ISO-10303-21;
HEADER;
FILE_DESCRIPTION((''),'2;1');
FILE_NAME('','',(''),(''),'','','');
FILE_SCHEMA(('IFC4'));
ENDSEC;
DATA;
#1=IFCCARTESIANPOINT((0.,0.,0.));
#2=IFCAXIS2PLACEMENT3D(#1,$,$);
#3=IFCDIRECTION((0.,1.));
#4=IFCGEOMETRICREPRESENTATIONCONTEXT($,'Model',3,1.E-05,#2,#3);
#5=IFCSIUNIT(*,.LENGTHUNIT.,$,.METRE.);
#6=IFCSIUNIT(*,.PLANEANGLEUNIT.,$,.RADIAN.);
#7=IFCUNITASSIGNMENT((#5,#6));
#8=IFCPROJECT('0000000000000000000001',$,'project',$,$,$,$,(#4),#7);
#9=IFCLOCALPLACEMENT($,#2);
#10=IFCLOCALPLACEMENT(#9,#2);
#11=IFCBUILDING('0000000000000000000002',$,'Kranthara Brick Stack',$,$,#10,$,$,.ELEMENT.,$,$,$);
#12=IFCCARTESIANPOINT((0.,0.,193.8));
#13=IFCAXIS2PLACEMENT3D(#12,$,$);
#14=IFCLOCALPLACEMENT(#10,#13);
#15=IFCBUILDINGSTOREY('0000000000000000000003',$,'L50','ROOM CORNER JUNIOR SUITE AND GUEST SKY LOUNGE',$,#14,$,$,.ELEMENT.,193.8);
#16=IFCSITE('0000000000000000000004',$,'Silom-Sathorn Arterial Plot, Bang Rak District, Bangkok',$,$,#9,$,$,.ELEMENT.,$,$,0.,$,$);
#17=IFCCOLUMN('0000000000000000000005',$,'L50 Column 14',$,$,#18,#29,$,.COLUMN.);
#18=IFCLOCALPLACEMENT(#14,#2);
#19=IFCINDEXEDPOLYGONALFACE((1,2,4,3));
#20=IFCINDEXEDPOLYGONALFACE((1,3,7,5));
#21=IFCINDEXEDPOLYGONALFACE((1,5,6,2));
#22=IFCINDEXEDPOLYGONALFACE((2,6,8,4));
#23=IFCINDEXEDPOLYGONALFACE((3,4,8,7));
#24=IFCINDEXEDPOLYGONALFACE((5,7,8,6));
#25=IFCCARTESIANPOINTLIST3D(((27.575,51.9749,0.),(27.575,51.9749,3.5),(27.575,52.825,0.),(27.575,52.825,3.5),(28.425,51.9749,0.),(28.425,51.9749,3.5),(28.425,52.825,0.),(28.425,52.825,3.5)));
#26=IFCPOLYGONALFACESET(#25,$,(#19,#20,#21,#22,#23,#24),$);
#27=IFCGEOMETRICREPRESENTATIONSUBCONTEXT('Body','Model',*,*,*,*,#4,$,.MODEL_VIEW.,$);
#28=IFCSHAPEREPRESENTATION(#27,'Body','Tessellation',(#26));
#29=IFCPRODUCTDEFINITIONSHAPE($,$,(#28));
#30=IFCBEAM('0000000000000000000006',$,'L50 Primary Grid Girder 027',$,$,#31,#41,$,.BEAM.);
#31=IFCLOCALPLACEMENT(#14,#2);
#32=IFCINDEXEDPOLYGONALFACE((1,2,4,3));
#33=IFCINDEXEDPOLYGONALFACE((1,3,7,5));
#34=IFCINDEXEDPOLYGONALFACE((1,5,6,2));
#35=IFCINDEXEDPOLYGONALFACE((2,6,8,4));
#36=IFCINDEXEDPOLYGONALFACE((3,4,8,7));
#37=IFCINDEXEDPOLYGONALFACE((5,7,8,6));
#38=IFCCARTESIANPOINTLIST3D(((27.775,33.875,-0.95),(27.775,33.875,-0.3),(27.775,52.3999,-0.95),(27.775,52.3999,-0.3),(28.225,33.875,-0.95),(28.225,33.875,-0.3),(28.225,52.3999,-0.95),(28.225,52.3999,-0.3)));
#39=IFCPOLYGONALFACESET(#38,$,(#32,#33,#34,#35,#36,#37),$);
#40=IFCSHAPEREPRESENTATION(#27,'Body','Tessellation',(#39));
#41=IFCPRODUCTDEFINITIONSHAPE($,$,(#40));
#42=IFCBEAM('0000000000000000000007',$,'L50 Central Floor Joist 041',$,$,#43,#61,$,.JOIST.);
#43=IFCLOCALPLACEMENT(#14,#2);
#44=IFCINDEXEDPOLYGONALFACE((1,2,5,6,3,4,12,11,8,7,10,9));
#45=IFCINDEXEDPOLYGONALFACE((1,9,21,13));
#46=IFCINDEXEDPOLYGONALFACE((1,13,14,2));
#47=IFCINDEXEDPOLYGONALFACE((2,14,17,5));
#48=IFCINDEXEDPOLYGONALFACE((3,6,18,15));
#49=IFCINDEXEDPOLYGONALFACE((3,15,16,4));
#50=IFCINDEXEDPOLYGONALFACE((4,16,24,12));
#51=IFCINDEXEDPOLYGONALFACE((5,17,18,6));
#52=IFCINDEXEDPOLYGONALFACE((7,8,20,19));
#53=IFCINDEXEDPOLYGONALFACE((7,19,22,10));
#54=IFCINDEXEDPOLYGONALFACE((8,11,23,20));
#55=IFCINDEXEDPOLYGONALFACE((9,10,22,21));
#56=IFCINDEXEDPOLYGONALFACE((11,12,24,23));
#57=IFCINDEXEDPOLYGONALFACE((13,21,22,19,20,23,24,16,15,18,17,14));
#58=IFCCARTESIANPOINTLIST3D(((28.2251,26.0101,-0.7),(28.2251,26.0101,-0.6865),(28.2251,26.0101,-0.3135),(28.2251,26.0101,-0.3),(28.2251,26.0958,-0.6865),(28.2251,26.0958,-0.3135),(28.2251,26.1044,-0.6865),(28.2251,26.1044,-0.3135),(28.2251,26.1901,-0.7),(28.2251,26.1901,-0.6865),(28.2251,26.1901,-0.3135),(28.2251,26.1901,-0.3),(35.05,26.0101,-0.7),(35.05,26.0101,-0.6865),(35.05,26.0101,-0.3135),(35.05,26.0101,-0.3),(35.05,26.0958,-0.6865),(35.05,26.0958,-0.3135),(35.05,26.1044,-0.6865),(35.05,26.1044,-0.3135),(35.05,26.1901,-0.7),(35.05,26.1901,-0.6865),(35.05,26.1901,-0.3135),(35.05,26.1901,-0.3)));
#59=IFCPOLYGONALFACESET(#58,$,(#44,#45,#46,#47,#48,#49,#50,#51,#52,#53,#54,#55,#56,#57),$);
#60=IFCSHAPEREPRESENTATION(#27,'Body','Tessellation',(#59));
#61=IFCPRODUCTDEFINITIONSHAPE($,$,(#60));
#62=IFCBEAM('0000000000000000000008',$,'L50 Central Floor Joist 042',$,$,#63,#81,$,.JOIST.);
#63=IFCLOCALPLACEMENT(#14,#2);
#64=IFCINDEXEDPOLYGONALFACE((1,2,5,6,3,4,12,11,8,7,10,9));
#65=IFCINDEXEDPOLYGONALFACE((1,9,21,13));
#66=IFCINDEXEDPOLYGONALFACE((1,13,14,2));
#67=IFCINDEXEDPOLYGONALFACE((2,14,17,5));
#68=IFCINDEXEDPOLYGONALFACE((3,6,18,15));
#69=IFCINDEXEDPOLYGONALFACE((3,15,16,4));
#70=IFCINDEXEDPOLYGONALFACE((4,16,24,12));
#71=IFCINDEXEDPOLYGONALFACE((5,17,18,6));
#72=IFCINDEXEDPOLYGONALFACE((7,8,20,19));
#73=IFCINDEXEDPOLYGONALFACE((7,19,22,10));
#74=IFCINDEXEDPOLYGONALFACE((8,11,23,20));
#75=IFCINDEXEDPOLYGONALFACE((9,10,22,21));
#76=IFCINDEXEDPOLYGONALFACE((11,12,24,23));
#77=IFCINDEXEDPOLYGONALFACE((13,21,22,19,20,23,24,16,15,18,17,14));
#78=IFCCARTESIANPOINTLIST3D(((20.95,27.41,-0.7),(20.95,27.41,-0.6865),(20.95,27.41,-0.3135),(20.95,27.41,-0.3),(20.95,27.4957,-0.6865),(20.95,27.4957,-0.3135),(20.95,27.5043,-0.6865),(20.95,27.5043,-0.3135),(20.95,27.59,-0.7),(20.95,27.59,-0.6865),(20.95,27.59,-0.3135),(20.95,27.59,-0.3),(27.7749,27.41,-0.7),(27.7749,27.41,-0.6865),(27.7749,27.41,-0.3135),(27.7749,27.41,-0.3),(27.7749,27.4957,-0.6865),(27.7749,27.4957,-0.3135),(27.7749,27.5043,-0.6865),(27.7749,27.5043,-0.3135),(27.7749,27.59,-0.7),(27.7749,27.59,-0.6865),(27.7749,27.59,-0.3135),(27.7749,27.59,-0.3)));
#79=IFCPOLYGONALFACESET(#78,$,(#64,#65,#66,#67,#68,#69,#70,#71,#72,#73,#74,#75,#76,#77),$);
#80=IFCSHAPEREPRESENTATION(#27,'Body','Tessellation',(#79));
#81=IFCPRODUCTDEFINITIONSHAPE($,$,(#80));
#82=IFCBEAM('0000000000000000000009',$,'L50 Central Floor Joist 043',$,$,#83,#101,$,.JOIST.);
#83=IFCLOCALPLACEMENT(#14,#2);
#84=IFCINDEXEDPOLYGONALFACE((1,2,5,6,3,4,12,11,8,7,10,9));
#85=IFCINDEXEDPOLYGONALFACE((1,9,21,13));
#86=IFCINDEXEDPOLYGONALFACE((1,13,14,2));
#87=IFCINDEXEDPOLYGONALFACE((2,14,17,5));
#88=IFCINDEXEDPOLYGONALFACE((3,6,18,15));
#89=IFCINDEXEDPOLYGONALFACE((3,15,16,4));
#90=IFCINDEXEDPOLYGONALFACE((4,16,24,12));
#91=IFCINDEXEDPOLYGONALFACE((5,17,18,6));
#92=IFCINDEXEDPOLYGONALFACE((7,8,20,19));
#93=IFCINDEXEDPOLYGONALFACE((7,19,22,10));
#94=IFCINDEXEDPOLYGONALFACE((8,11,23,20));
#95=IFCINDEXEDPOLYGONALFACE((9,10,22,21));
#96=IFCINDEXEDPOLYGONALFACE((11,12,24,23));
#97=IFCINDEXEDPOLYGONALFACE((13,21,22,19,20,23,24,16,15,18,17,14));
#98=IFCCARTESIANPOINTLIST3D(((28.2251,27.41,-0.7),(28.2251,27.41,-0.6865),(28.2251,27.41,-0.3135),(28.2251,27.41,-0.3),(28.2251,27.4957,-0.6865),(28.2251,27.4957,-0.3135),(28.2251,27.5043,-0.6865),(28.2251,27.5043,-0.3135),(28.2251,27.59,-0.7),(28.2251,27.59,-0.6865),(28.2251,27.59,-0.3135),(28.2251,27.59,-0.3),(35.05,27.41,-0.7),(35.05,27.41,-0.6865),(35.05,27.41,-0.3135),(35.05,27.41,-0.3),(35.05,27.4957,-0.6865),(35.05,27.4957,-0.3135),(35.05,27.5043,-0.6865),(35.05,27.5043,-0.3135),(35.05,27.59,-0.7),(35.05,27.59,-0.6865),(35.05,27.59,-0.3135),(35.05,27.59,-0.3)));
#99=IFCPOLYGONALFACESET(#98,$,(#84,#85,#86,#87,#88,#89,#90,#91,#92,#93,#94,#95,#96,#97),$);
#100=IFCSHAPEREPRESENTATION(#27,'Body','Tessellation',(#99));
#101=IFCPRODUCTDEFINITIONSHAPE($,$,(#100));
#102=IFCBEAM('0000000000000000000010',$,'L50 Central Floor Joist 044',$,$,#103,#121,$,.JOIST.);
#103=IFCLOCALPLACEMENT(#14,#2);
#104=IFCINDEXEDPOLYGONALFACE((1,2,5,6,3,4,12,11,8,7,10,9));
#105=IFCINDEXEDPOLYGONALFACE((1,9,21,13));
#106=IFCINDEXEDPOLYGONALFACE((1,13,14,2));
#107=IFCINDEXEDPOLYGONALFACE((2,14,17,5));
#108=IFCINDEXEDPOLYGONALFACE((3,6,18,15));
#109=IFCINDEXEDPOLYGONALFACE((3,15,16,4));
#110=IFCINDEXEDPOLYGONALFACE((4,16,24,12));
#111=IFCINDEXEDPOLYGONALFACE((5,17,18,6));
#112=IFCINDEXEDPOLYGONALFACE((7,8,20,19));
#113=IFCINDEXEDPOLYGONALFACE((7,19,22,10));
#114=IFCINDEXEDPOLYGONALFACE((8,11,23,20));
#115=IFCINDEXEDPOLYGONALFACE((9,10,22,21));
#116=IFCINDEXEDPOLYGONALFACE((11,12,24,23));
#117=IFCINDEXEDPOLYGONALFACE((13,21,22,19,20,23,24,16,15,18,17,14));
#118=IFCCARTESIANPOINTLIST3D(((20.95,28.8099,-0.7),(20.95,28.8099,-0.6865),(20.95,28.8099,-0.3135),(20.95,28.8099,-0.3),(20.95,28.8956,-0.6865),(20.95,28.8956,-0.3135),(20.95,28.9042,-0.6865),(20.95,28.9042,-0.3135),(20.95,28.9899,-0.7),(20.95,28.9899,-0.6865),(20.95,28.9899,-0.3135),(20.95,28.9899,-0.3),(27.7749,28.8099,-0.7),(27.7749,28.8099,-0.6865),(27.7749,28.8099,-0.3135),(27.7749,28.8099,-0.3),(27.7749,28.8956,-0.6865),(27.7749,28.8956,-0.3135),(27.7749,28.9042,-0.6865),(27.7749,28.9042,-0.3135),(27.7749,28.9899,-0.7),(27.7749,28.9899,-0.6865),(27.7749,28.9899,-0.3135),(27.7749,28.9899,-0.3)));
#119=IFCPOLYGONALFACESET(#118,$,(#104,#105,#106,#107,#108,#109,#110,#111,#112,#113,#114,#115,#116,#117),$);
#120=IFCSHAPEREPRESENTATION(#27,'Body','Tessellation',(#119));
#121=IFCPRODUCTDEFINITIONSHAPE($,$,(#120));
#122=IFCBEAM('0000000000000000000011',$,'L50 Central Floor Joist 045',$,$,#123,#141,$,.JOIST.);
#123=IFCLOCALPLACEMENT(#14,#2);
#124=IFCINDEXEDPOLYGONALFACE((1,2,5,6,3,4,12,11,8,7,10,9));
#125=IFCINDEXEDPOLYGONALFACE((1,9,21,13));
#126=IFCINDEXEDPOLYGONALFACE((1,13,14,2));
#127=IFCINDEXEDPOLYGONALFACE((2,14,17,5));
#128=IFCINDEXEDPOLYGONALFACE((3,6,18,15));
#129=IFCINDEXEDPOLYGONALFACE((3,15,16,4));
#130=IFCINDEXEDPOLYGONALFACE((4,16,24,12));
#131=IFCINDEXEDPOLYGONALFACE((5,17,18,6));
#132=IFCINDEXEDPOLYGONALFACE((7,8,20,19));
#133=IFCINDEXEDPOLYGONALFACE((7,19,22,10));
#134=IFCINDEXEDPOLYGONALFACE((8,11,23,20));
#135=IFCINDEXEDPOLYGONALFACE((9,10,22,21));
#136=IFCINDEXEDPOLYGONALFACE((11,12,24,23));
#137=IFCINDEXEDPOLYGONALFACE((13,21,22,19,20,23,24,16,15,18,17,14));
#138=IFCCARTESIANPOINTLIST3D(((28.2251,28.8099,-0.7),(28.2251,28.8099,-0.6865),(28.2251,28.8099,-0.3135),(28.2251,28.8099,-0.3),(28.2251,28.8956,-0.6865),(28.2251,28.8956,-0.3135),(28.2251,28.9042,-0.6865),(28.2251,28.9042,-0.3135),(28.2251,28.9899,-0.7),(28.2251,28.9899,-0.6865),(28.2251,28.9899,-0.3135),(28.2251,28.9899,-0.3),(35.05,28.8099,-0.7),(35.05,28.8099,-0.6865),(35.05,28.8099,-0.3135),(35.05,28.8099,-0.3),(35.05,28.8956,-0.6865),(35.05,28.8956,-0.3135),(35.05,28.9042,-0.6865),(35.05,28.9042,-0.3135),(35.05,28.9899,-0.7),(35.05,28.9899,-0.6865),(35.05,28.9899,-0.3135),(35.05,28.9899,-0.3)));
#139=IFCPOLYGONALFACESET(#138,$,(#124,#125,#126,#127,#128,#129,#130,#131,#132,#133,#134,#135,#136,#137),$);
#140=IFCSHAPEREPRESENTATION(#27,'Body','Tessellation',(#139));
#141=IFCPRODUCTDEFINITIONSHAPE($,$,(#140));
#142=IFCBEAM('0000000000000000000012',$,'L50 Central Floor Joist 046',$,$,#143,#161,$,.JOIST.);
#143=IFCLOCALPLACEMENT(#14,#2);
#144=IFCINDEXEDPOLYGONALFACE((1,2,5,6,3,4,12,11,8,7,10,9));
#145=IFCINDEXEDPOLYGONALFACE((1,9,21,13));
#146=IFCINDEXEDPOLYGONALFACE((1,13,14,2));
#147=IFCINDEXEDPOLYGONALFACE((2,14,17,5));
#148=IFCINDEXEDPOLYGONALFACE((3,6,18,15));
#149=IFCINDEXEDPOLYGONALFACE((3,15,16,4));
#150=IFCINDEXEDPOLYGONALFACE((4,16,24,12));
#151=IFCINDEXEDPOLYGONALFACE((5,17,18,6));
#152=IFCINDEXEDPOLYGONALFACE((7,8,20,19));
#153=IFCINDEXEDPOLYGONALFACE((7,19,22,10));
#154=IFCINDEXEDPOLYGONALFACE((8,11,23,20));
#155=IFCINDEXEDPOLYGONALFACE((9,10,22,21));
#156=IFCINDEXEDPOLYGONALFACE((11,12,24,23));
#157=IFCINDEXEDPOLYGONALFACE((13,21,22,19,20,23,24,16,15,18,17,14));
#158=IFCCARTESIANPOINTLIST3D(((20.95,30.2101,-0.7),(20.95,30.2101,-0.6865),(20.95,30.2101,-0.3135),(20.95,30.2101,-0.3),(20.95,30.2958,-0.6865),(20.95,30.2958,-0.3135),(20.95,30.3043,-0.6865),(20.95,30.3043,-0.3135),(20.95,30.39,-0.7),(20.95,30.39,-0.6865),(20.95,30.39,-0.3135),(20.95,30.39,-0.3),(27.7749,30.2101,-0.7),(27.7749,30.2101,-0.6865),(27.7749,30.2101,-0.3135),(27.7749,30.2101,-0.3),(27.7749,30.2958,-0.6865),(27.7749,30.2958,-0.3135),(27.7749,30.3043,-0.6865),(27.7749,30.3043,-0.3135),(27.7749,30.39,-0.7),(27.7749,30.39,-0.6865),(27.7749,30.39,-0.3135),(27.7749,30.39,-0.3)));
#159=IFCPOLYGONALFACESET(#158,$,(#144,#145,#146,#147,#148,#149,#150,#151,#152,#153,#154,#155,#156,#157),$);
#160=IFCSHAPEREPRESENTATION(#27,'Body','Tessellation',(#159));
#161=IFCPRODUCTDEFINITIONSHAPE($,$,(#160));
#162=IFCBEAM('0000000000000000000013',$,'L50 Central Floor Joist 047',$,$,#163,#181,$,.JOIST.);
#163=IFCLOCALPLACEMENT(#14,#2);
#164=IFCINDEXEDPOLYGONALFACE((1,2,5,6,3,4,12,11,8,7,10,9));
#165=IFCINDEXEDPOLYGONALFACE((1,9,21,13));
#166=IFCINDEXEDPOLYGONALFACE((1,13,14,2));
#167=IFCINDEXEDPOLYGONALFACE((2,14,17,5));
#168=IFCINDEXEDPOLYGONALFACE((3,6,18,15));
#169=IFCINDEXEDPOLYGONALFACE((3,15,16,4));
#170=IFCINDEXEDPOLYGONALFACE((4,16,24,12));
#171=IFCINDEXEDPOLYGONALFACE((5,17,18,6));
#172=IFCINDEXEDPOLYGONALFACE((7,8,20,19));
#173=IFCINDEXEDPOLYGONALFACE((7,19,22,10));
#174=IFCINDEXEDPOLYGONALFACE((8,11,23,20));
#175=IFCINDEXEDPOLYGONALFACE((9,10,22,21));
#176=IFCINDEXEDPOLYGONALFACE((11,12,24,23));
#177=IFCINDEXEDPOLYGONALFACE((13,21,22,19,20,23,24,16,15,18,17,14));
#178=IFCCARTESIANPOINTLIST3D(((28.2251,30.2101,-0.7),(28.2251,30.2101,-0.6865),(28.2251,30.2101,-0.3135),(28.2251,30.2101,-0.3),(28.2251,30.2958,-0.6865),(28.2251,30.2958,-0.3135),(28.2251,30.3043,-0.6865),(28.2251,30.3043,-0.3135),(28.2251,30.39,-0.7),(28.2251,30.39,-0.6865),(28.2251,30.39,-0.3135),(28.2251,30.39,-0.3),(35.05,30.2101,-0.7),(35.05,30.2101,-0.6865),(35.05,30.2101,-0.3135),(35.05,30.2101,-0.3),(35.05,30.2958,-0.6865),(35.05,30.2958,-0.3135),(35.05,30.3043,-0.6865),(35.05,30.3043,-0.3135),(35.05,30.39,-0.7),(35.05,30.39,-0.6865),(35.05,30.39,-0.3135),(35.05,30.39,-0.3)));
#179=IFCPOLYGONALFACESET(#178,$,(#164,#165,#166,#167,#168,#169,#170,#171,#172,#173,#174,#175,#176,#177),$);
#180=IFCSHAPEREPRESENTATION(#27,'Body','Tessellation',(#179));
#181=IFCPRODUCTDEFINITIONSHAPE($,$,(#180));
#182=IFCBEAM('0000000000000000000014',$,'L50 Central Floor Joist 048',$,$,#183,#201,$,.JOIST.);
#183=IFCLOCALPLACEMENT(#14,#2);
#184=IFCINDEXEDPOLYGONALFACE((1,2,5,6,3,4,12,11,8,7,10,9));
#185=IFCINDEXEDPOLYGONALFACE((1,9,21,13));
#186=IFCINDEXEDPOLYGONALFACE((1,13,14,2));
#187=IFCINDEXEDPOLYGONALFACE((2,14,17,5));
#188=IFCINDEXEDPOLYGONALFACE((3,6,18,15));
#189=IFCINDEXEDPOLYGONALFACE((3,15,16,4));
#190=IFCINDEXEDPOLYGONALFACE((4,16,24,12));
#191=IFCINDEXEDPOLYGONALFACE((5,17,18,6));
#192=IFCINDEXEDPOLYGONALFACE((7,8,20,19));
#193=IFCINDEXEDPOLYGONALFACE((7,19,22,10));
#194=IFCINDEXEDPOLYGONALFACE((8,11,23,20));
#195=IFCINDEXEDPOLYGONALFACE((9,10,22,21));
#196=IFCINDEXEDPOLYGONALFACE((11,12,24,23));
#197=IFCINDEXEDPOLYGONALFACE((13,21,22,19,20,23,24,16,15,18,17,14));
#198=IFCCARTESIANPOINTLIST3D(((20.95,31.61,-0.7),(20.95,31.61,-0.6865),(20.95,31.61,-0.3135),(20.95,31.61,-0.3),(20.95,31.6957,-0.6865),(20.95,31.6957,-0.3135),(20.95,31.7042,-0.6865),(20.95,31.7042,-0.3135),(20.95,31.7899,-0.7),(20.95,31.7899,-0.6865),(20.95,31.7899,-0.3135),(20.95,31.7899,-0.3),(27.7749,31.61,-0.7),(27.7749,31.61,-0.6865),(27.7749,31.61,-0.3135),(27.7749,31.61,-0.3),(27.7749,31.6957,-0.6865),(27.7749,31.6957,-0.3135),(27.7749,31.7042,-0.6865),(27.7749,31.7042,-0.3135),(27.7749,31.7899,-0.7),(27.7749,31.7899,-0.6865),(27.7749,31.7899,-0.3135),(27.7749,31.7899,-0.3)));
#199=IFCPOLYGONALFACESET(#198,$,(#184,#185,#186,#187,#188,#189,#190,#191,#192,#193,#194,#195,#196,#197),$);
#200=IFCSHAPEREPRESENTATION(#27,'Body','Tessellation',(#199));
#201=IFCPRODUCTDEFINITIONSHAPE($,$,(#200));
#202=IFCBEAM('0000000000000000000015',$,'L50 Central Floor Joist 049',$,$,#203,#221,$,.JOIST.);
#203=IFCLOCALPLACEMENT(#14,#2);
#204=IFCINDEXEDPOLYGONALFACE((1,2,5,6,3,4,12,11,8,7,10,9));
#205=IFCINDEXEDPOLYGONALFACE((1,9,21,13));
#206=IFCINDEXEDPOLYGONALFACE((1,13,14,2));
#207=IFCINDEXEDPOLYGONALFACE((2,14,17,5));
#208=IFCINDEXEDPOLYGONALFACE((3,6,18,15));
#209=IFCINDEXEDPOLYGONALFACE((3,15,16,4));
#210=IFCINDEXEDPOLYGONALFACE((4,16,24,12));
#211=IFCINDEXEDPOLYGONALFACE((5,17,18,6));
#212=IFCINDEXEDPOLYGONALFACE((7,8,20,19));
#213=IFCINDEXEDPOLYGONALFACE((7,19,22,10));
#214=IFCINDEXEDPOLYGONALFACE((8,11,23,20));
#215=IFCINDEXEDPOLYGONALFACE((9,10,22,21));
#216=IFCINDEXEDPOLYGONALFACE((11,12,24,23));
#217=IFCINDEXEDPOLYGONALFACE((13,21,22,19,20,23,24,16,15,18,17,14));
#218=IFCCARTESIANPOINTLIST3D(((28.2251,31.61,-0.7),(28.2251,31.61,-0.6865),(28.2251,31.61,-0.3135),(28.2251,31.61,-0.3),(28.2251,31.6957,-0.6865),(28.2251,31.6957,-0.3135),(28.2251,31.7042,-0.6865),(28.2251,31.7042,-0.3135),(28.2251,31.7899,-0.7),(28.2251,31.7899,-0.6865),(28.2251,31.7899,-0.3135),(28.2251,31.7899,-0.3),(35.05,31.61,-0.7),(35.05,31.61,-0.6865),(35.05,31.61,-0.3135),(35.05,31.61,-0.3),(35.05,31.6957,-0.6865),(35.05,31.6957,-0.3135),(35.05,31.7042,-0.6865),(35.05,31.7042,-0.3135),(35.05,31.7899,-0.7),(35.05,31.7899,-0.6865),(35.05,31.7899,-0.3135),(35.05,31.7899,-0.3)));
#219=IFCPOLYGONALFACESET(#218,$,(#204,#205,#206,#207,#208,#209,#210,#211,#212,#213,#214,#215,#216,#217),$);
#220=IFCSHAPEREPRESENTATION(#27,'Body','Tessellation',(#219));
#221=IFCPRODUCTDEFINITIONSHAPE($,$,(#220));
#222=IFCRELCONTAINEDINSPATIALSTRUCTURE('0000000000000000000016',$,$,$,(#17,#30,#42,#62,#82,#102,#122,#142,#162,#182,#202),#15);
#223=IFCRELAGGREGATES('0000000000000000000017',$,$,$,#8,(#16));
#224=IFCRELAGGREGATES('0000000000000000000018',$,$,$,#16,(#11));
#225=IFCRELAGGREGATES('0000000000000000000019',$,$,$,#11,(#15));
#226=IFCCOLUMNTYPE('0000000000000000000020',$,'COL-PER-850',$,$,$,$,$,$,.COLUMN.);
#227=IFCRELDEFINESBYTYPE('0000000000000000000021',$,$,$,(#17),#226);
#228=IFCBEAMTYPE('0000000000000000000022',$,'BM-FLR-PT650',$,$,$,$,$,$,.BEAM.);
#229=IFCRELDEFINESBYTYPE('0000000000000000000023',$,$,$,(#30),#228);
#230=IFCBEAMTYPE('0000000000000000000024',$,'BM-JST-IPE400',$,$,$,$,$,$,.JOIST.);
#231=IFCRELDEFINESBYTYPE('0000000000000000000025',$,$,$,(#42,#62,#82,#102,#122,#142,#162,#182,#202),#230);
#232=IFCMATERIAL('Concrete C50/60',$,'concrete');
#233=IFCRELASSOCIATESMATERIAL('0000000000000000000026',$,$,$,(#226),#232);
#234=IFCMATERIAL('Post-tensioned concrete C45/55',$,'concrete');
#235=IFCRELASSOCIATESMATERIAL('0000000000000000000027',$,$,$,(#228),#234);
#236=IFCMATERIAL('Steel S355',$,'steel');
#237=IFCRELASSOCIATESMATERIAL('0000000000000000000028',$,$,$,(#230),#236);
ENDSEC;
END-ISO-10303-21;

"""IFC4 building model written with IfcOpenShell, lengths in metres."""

from ifc_helpers import new_model, si_unit, direction, frame, origin, origin_2d, place, context, subcontext, project, spatial, rectangle, i_section, extrude, material, material_profile, profile_set, type_object, element, save


model = new_model("IFC4")

# Units and contexts
model_context = context("Model", 3, precision=1e-05, world=origin(), true_north=direction((0.0, 1.0)))
body_context = subcontext(model_context, "Body", "Model", "MODEL_VIEW")
ifc_project = project(units=[si_unit("LENGTHUNIT", "METRE"), si_unit("PLANEANGLEUNIT", "RADIAN")], contexts=[model_context])

# Site, building, storey
site_placement = place(None, origin())
site = spatial("IfcSite", under=ifc_project, at=site_placement, Name="Silom-Sathorn Arterial Plot, Bang Rak District, Bangkok", CompositionType="ELEMENT", RefElevation=0.0)
building_placement = place(site_placement, origin())
building = spatial("IfcBuilding", under=site, at=building_placement, Name="Kranthara Brick Stack", CompositionType="ELEMENT")
storey_placement = place(building_placement, frame((0.0, 0.0, 193.8)))
storey = spatial("IfcBuildingStorey", under=building, at=storey_placement, Name="L50", Description="ROOM CORNER JUNIOR SUITE AND GUEST SKY LOUNGE", CompositionType="ELEMENT", Elevation=193.8)

# Column
ifc_material_1 = material(Name="Concrete C50/60", Category="concrete")
ifc_material_profile_1 = material_profile(ifc_material_1, rectangle(XDim=0.8501, YDim=0.8501, at=origin_2d()), Name="RC 850x850")
ifc_profile_set_1 = profile_set([ifc_material_profile_1], Name="Concrete C50/60")
column_type = type_object("IfcColumnType", Name="COL-PER-850", PredefinedType="COLUMN", material=ifc_profile_set_1)
column_placement = place(storey_placement, frame((28.0, 52.3999, 0.0), z_axis=(0.0, 0.0, 1.0), x_axis=(1.0, 0.0, 0.0)))
element("IfcColumn", 1, at=column_placement, inside=storey, type_object=column_type, Name="L50 Column 14", PredefinedType="COLUMN", context=body_context, shape_type="SweptSolid", body=[
    extrude(rectangle(XDim=0.8501, YDim=0.8501, at=origin_2d()), origin(), (0.0, 0.0, 1.0), 3.5),
])

# Beams
ifc_material_2 = material(Name="Post-tensioned concrete C45/55", Category="concrete")
ifc_material_profile_2 = material_profile(ifc_material_2, rectangle(XDim=0.45, YDim=0.6499, at=origin_2d()), Name="PT 450x650")
ifc_profile_set_2 = profile_set([ifc_material_profile_2], Name="Post-tensioned concrete C45/55")
beam_type_1 = type_object("IfcBeamType", Name="BM-FLR-PT650", PredefinedType="BEAM", material=ifc_profile_set_2)
beam_1_placement = place(storey_placement, frame((28.0, 33.875, -0.625), z_axis=(0.0, 1.0, 0.0), x_axis=(-1.0, 0.0, 0.0)))
element("IfcBeam", 2, at=beam_1_placement, inside=storey, type_object=beam_type_1, Name="L50 Primary Grid Girder 027", PredefinedType="BEAM", context=body_context, shape_type="SweptSolid", body=[
    extrude(rectangle(XDim=0.45, YDim=0.6499, at=origin_2d()), origin(), (0.0, 0.0, 1.0), 18.5249),
])
ifc_material_3 = material(Name="Steel S355", Category="steel")
ifc_material_profile_3 = material_profile(ifc_material_3, i_section(OverallWidth=0.1799, OverallDepth=0.3999, WebThickness=0.0085, FlangeThickness=0.0134, at=origin_2d()), Name="IPE 400")
ifc_profile_set_3 = profile_set([ifc_material_profile_3], Name="Steel S355")
beam_type_2 = type_object("IfcBeamType", Name="BM-JST-IPE400", PredefinedType="JOIST", material=ifc_profile_set_3)
for number, where, z_axis, x_axis, name in (
    (3, (28.2251, 26.1001, -0.5), (1.0, 0.0, 0.0), (0.0, 1.0, 0.0), "L50 Central Floor Joist 041"),
    (4, (20.95, 27.5, -0.5), (1.0, 0.0, 0.0), (0.0, 1.0, 0.0), "L50 Central Floor Joist 042"),
    (5, (28.2251, 27.5, -0.5), (1.0, 0.0, 0.0), (0.0, 1.0, 0.0), "L50 Central Floor Joist 043"),
    (6, (20.95, 28.8999, -0.5), (1.0, 0.0, 0.0), (0.0, 1.0, 0.0), "L50 Central Floor Joist 044"),
    (7, (28.2251, 28.8999, -0.5), (1.0, 0.0, 0.0), (0.0, 1.0, 0.0), "L50 Central Floor Joist 045"),
    (8, (20.95, 30.3, -0.5), (1.0, 0.0, 0.0), (0.0, 1.0, 0.0), "L50 Central Floor Joist 046"),
    (9, (28.2251, 30.3, -0.5), (1.0, 0.0, 0.0), (0.0, 1.0, 0.0), "L50 Central Floor Joist 047"),
    (10, (20.95, 31.7, -0.5), (1.0, 0.0, 0.0), (0.0, 1.0, 0.0), "L50 Central Floor Joist 048"),
    (11, (28.2251, 31.7, -0.5), (1.0, 0.0, 0.0), (0.0, 1.0, 0.0), "L50 Central Floor Joist 049"),
):
    element("IfcBeam", number, at=place(storey_placement, frame(where, z_axis=z_axis, x_axis=x_axis)), inside=storey, type_object=beam_type_2, Name=name, PredefinedType="JOIST", context=body_context, shape_type="SweptSolid", body=[
        extrude(i_section(OverallWidth=0.1799, OverallDepth=0.3999, WebThickness=0.0085, FlangeThickness=0.0134, at=origin_2d()), origin(), (0.0, 0.0, 1.0), 6.825),
    ])

save(model, "model.ifc")
